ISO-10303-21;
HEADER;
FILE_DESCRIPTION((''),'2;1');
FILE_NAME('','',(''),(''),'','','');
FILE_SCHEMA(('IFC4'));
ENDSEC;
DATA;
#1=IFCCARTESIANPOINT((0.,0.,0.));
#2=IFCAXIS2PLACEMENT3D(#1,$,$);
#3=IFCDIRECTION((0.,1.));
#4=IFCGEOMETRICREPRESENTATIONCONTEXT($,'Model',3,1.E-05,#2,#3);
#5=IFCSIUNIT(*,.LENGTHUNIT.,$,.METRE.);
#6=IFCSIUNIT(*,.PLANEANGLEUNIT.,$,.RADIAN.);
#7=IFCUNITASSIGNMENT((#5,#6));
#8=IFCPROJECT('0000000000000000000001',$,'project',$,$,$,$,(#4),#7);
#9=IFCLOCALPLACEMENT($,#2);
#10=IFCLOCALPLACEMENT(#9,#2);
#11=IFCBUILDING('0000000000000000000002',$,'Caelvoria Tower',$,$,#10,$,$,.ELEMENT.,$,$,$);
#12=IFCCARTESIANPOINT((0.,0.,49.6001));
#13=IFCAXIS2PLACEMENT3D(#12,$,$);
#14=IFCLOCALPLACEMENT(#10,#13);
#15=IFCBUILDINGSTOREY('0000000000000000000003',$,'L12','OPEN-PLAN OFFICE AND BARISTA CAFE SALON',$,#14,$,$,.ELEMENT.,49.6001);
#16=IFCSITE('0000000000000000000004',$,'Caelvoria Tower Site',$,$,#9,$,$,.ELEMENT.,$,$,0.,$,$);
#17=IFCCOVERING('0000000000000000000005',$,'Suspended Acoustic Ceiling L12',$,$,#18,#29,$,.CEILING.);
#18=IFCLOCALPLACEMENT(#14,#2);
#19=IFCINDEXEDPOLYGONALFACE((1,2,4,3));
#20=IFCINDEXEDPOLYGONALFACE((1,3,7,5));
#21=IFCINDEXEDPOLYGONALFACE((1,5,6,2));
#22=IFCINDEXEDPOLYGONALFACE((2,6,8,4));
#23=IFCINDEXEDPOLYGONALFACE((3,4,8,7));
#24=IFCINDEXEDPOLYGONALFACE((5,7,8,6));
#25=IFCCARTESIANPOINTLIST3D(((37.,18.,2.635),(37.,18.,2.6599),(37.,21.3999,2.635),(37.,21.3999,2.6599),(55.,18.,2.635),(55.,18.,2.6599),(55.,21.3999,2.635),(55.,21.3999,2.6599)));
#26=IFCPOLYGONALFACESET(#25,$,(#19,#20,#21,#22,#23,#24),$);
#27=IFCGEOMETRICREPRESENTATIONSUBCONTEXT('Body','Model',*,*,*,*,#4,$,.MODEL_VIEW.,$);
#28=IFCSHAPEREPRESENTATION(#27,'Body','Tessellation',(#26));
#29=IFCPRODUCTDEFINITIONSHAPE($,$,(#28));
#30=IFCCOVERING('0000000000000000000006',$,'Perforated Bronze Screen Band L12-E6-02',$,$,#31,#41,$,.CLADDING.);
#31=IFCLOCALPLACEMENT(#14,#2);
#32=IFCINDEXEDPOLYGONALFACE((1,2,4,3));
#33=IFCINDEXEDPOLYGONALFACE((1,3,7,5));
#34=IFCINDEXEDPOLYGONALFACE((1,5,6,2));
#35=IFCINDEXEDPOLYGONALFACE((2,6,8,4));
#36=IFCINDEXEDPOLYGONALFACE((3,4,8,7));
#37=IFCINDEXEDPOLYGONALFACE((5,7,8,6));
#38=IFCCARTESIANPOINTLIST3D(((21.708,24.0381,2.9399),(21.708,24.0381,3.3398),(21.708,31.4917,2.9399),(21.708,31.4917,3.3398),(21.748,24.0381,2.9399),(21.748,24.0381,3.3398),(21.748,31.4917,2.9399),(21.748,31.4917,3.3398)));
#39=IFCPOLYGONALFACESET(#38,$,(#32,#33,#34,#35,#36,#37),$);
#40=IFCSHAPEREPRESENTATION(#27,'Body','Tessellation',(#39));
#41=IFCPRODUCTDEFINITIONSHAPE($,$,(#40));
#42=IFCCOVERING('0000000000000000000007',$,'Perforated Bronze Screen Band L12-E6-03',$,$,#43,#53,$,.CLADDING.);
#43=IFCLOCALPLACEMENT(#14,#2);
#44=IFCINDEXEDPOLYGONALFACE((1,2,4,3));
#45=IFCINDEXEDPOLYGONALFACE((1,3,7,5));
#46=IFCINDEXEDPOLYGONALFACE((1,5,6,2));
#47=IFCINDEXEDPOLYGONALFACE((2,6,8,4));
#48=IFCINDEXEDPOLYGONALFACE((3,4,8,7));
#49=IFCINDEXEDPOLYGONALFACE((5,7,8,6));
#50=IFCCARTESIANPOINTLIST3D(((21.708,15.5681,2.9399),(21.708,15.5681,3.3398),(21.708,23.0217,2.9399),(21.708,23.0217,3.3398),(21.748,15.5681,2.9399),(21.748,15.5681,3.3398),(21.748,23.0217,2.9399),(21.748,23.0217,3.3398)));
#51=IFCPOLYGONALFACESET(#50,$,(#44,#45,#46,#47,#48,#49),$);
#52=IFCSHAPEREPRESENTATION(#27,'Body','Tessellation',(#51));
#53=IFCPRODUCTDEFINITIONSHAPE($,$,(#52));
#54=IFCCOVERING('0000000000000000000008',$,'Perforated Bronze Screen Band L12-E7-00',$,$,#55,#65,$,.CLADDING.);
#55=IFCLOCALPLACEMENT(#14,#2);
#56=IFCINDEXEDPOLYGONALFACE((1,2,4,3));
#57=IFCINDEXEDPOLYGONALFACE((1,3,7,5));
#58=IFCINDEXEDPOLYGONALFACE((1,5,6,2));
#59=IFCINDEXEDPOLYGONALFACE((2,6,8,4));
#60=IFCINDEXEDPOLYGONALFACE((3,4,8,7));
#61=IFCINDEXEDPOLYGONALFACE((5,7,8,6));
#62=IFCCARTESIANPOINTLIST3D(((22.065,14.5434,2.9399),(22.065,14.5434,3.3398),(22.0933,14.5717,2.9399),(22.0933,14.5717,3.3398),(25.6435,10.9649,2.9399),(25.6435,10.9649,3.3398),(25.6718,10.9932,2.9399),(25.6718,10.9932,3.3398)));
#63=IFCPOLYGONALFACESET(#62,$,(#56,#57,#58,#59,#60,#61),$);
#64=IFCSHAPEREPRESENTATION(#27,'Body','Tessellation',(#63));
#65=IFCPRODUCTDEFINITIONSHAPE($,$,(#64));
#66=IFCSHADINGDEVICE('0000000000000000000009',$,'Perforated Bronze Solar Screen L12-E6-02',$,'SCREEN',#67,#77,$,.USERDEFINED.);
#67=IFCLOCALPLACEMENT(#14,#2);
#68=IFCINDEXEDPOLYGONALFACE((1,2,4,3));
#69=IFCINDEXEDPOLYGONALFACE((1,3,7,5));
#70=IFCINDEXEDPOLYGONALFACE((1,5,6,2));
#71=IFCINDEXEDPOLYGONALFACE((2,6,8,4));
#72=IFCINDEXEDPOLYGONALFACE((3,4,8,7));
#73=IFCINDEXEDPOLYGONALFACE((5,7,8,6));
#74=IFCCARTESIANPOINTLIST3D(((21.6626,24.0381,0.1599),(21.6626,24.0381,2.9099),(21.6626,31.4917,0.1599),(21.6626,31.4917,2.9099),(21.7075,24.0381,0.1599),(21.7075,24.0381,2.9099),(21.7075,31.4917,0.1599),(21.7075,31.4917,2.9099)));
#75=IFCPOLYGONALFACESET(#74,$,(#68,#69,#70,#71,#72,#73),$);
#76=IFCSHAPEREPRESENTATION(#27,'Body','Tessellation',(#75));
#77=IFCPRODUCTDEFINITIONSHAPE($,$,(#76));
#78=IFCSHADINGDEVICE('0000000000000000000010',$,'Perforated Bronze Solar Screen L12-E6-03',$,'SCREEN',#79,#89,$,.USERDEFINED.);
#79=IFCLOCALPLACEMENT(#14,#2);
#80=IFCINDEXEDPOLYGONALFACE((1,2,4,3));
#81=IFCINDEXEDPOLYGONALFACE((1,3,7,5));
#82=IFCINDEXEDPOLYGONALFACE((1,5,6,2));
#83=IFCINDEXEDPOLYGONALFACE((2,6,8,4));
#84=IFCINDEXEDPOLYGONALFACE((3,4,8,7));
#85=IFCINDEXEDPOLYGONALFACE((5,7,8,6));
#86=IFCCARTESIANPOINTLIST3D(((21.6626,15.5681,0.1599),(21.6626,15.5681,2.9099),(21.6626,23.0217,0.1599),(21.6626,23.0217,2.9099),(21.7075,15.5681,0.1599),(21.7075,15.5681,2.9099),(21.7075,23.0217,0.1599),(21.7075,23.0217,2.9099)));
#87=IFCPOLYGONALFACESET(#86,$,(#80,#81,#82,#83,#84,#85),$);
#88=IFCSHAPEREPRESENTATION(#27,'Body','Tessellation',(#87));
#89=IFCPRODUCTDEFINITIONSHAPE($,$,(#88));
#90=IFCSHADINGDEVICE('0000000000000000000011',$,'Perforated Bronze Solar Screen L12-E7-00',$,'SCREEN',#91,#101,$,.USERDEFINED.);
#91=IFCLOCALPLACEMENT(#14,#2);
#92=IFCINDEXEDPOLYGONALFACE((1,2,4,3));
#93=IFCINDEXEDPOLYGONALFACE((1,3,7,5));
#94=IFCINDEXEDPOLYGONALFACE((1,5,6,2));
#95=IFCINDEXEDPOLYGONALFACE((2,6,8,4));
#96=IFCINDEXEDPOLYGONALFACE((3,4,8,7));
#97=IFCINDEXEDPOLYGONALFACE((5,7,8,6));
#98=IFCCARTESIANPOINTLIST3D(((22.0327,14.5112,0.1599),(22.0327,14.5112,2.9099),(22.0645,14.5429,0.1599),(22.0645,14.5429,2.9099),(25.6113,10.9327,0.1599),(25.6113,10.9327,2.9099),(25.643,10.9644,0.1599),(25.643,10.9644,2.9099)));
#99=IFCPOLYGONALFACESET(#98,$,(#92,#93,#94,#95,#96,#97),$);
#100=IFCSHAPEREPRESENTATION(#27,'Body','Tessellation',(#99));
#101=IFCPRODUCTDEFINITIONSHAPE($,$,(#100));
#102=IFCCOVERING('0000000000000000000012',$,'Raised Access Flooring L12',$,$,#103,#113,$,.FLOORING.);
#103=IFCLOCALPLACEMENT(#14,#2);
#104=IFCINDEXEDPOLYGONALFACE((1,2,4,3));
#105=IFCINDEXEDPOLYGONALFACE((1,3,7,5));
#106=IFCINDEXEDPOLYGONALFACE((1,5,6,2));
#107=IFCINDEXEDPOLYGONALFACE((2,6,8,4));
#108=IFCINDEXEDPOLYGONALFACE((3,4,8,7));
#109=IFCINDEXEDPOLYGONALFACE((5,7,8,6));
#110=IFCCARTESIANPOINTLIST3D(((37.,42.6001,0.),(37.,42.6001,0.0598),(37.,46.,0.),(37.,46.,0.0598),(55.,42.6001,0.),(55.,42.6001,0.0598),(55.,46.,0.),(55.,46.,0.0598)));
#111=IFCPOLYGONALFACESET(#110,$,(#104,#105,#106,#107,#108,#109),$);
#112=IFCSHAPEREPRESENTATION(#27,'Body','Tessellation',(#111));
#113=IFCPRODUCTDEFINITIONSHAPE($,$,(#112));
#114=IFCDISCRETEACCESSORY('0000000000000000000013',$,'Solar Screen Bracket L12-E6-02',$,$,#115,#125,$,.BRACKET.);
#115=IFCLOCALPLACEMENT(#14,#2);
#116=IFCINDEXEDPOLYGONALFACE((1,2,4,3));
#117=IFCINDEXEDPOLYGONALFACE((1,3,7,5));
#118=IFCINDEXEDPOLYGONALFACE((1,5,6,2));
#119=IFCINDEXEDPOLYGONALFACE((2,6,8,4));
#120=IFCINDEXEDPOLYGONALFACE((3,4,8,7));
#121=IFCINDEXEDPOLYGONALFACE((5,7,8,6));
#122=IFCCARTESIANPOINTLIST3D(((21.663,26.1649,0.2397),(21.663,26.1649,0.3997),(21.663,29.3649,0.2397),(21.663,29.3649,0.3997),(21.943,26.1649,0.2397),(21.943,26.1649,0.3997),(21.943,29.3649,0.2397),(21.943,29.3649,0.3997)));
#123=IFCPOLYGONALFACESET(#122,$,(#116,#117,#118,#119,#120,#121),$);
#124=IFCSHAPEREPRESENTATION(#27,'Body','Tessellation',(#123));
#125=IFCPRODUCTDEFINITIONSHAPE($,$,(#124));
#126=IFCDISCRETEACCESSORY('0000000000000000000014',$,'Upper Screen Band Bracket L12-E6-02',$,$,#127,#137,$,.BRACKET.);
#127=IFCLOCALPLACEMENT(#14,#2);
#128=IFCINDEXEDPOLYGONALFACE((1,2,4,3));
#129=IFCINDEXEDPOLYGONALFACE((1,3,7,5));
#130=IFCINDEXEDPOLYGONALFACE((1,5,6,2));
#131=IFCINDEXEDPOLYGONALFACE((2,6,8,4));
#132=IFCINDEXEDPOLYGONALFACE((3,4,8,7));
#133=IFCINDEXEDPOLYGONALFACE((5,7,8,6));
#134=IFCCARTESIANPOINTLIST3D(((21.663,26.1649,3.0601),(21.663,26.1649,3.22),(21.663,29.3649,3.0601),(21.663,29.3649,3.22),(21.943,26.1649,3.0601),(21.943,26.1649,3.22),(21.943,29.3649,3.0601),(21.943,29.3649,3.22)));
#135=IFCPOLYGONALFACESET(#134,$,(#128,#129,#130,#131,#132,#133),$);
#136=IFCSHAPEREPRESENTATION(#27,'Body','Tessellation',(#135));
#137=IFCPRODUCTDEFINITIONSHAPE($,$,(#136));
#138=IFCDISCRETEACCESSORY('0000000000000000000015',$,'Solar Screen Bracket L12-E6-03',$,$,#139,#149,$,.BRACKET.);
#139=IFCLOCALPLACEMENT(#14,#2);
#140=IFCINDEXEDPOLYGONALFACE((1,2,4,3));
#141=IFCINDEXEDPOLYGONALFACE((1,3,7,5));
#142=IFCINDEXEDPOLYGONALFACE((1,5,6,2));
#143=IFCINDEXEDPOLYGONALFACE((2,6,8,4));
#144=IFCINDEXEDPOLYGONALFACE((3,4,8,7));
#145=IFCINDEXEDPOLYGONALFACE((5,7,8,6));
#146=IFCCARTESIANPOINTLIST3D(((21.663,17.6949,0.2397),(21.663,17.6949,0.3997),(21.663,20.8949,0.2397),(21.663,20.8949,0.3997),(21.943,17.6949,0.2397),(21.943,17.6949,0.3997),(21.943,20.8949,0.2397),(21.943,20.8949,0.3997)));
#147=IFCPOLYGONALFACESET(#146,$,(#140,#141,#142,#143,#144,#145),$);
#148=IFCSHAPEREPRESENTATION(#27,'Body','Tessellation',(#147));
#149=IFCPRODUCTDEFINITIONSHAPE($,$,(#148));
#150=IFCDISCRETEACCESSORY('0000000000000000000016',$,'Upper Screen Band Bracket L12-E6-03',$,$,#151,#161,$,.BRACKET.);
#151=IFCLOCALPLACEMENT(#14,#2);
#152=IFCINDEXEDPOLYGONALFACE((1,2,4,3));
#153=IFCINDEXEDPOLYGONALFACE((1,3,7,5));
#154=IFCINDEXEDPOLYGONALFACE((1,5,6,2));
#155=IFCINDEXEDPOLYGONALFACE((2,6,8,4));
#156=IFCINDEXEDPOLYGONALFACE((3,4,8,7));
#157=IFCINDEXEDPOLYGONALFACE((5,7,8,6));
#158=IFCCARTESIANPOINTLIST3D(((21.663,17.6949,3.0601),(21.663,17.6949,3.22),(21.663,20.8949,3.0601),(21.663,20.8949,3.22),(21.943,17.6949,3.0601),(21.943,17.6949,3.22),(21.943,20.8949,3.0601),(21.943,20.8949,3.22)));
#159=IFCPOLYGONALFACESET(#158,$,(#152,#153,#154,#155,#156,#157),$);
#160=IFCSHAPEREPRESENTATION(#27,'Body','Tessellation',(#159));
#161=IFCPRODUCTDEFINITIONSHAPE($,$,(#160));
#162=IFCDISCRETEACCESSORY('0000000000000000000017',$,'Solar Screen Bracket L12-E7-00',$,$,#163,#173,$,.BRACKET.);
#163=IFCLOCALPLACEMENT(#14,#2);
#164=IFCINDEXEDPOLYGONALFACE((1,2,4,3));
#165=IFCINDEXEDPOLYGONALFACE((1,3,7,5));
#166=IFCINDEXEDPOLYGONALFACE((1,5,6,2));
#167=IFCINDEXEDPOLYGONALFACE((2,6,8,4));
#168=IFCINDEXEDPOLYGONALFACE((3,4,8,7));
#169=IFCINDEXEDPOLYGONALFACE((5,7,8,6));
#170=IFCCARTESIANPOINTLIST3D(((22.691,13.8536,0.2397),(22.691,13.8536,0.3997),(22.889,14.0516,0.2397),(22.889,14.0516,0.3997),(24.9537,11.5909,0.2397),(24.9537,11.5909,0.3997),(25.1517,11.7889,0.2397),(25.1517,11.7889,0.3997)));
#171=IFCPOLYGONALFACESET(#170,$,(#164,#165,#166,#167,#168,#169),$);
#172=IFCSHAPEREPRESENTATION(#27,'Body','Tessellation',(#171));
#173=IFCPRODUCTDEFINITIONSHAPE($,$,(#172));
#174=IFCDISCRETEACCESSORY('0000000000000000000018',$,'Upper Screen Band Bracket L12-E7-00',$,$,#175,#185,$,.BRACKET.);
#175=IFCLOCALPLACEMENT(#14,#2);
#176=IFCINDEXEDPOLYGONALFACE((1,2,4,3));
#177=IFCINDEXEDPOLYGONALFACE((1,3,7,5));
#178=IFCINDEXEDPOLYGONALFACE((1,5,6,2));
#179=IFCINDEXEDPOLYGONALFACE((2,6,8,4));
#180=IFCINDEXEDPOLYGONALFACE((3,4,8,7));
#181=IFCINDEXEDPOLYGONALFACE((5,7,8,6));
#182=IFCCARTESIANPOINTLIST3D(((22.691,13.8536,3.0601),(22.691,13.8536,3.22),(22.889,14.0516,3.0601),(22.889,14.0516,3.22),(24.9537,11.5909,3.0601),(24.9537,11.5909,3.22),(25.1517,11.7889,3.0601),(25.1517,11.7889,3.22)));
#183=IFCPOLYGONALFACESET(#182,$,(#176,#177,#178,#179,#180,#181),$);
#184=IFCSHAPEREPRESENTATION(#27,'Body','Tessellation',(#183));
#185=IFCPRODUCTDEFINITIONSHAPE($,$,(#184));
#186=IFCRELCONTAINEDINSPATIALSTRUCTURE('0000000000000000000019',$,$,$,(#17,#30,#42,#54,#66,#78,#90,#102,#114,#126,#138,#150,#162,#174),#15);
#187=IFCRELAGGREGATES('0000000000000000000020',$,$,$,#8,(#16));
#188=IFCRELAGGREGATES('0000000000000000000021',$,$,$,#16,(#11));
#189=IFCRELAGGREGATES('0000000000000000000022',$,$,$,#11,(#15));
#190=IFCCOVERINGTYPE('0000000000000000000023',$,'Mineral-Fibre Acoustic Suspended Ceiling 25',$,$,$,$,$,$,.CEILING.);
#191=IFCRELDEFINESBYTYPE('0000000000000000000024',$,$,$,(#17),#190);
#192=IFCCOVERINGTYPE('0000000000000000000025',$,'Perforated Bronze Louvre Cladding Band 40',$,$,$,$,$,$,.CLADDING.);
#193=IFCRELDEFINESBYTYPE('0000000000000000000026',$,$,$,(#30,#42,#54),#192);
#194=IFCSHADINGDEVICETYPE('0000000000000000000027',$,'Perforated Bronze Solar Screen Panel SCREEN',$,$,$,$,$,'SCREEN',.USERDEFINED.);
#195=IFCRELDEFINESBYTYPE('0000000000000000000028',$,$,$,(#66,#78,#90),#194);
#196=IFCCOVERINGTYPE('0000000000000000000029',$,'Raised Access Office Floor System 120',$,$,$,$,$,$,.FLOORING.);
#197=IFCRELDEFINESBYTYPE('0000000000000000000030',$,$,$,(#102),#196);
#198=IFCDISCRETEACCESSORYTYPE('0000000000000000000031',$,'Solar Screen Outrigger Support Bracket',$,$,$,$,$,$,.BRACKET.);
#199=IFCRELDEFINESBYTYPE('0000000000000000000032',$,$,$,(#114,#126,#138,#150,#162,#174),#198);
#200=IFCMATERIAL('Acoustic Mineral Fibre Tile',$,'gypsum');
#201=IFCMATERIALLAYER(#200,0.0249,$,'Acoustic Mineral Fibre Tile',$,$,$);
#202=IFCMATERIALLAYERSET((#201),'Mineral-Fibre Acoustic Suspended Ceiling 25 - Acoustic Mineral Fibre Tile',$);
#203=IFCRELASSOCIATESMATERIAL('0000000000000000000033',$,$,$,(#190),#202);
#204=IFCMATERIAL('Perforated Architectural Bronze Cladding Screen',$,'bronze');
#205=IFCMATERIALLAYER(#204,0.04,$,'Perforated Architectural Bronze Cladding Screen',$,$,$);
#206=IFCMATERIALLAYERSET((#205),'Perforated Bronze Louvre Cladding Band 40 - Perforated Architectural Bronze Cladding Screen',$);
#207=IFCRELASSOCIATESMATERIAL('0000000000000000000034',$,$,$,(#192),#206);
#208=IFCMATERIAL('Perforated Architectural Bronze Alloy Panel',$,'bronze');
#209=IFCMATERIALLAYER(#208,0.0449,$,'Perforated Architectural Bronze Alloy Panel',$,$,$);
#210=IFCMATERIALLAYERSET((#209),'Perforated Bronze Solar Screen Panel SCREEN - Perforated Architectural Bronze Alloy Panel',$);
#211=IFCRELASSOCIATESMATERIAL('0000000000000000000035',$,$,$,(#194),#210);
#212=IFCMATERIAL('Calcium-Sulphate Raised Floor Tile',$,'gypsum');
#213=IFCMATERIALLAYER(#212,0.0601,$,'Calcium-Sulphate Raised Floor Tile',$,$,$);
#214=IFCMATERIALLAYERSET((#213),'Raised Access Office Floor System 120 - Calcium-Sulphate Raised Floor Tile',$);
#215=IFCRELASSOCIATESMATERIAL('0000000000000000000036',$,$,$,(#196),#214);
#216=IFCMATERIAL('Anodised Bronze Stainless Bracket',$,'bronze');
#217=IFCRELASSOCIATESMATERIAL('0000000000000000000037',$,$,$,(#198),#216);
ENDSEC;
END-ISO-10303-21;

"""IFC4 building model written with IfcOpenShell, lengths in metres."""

from ifc_helpers import new_model, si_unit, direction, frame, origin, origin_2d, place, context, subcontext, project, spatial, polyline, rectangle, outline, extrude, material, layer, layer_set, type_object, element, save


model = new_model("IFC4")

# Units and contexts
model_context = context("Model", 3, precision=1e-05, world=origin(), true_north=direction((0.0, 1.0)))
body_context = subcontext(model_context, "Body", "Model", "MODEL_VIEW")
ifc_project = project(units=[si_unit("LENGTHUNIT", "METRE"), si_unit("PLANEANGLEUNIT", "RADIAN")], contexts=[model_context])

# Site, building, storey
site_placement = place(None, origin())
site = spatial("IfcSite", under=ifc_project, at=site_placement, Name="Caelvoria Tower Site", CompositionType="ELEMENT", RefElevation=0.0)
building_placement = place(site_placement, origin())
building = spatial("IfcBuilding", under=site, at=building_placement, Name="Caelvoria Tower", CompositionType="ELEMENT")
storey_placement = place(building_placement, frame((0.0, 0.0, 49.6001)))
storey = spatial("IfcBuildingStorey", under=building, at=storey_placement, Name="L12", Description="OPEN-PLAN OFFICE AND BARISTA CAFE SALON", CompositionType="ELEMENT", Elevation=49.6001)

# Coverings
ifc_material_1 = material(Name="Acoustic Mineral Fibre Tile", Category="gypsum")
ifc_layer_1 = layer(ifc_material_1, 0.0249, Name="Acoustic Mineral Fibre Tile")
ifc_layer_set_1 = layer_set([ifc_layer_1], Name="Mineral-Fibre Acoustic Suspended Ceiling 25 - Acoustic Mineral Fibre Tile")
covering_type_1 = type_object("IfcCoveringType", Name="Mineral-Fibre Acoustic Suspended Ceiling 25", PredefinedType="CEILING", material=ifc_layer_set_1)
covering_1_placement = place(storey_placement, frame((0.0, 0.0, 2.635)))
element("IfcCovering", 1, at=covering_1_placement, inside=storey, type_object=covering_type_1, Name="Suspended Acoustic Ceiling L12", PredefinedType="CEILING", context=body_context, shape_type="SweptSolid", body=[
    extrude(outline(polyline([(37.0, 18.0), (55.0, 18.0), (55.0, 21.3999), (37.0, 21.3999), (37.0, 18.0)])), origin(), (0.0, 0.0, 1.0), 0.0249),
])
ifc_material_2 = material(Name="Perforated Architectural Bronze Cladding Screen", Category="bronze")
ifc_layer_2 = layer(ifc_material_2, 0.04, Name="Perforated Architectural Bronze Cladding Screen")
ifc_layer_set_2 = layer_set([ifc_layer_2], Name="Perforated Bronze Louvre Cladding Band 40 - Perforated Architectural Bronze Cladding Screen")
covering_type_2 = type_object("IfcCoveringType", Name="Perforated Bronze Louvre Cladding Band 40", PredefinedType="CLADDING", material=ifc_layer_set_2)
for number, where, z_axis, x_axis, name in (
    (2, (21.728, 27.7649, 2.9399), (0.0, 0.0, 1.0), (0.0, -1.0, 0.0), "Perforated Bronze Screen Band L12-E6-02"),
    (3, (21.728, 19.2949, 2.9399), (0.0, 0.0, 1.0), (0.0, -1.0, 0.0), "Perforated Bronze Screen Band L12-E6-03"),
):
    element("IfcCovering", number, at=place(storey_placement, frame(where, z_axis=z_axis, x_axis=x_axis)), inside=storey, type_object=covering_type_2, Name=name, PredefinedType="CLADDING", context=body_context, shape_type="SweptSolid", body=[
        extrude(rectangle(XDim=7.4536, YDim=0.04, at=origin_2d()), origin(), (0.0, 0.0, 1.0), 0.3999),
    ])
covering_2_placement = place(storey_placement, frame((23.8684, 12.7683, 2.9399), z_axis=(0.0, 0.0, 1.0), x_axis=(0.707107, -0.707107, 0.0)))
element("IfcCovering", 4, at=covering_2_placement, inside=storey, type_object=covering_type_2, Name="Perforated Bronze Screen Band L12-E7-00", PredefinedType="CLADDING", context=body_context, shape_type="SweptSolid", body=[
    extrude(rectangle(XDim=5.0608, YDim=0.04, at=origin_2d()), origin(), (0.0, 0.0, 1.0), 0.3999),
])

# Shading devices
ifc_material_3 = material(Name="Perforated Architectural Bronze Alloy Panel", Category="bronze")
ifc_layer_3 = layer(ifc_material_3, 0.0449, Name="Perforated Architectural Bronze Alloy Panel")
ifc_layer_set_3 = layer_set([ifc_layer_3], Name="Perforated Bronze Solar Screen Panel SCREEN - Perforated Architectural Bronze Alloy Panel")
shading_device_type = type_object("IfcShadingDeviceType", Name="Perforated Bronze Solar Screen Panel SCREEN", ElementType="SCREEN", PredefinedType="USERDEFINED", material=ifc_layer_set_3)
for number, where, z_axis, x_axis, name in (
    (5, (21.6851, 27.7649, 0.1599), (0.0, 0.0, 1.0), (0.0, -1.0, 0.0), "Perforated Bronze Solar Screen L12-E6-02"),
    (6, (21.6851, 19.2949, 0.1599), (0.0, 0.0, 1.0), (0.0, -1.0, 0.0), "Perforated Bronze Solar Screen L12-E6-03"),
):
    element("IfcShadingDevice", number, at=place(storey_placement, frame(where, z_axis=z_axis, x_axis=x_axis)), inside=storey, type_object=shading_device_type, Name=name, ObjectType="SCREEN", PredefinedType="USERDEFINED", context=body_context, shape_type="SweptSolid", body=[
        extrude(rectangle(XDim=7.4536, YDim=0.0449, at=origin_2d()), origin(), (0.0, 0.0, 1.0), 2.75),
    ])
shading_device_placement = place(storey_placement, frame((23.8379, 12.7378, 0.1599), z_axis=(0.0, 0.0, 1.0), x_axis=(0.707107, -0.707107, 0.0)))
element("IfcShadingDevice", 7, at=shading_device_placement, inside=storey, type_object=shading_device_type, Name="Perforated Bronze Solar Screen L12-E7-00", ObjectType="SCREEN", PredefinedType="USERDEFINED", context=body_context, shape_type="SweptSolid", body=[
    extrude(rectangle(XDim=5.0608, YDim=0.0449, at=origin_2d()), origin(), (0.0, 0.0, 1.0), 2.75),
])

# Covering
ifc_material_4 = material(Name="Calcium-Sulphate Raised Floor Tile", Category="gypsum")
ifc_layer_4 = layer(ifc_material_4, 0.0601, Name="Calcium-Sulphate Raised Floor Tile")
ifc_layer_set_4 = layer_set([ifc_layer_4], Name="Raised Access Office Floor System 120 - Calcium-Sulphate Raised Floor Tile")
covering_type_3 = type_object("IfcCoveringType", Name="Raised Access Office Floor System 120", PredefinedType="FLOORING", material=ifc_layer_set_4)
covering_3_placement = place(storey_placement, origin())
element("IfcCovering", 8, at=covering_3_placement, inside=storey, type_object=covering_type_3, Name="Raised Access Flooring L12", PredefinedType="FLOORING", context=body_context, shape_type="SweptSolid", body=[
    extrude(outline(polyline([(37.0, 42.6001), (55.0, 42.6001), (55.0, 46.0), (37.0, 46.0), (37.0, 42.6001)])), origin(), (0.0, 0.0, 1.0), 0.0598),
])

# Discrete accessories
ifc_material_5 = material(Name="Anodised Bronze Stainless Bracket", Category="bronze")
discrete_accessory_type = type_object("IfcDiscreteAccessoryType", Name="Solar Screen Outrigger Support Bracket", PredefinedType="BRACKET", material=ifc_material_5)
for number, where, z_axis, x_axis, name in (
    (9, (21.803, 27.7649, 0.2397), (0.0, 0.0, 1.0), (0.0, -1.0, 0.0), "Solar Screen Bracket L12-E6-02"),
    (10, (21.803, 27.7649, 3.0601), (0.0, 0.0, 1.0), (0.0, -1.0, 0.0), "Upper Screen Band Bracket L12-E6-02"),
    (11, (21.803, 19.2949, 0.2397), (0.0, 0.0, 1.0), (0.0, -1.0, 0.0), "Solar Screen Bracket L12-E6-03"),
    (12, (21.803, 19.2949, 3.0601), (0.0, 0.0, 1.0), (0.0, -1.0, 0.0), "Upper Screen Band Bracket L12-E6-03"),
    (13, (23.9214, 12.8213, 0.2397), (0.0, 0.0, 1.0), (0.707107, -0.707107, 0.0), "Solar Screen Bracket L12-E7-00"),
    (14, (23.9214, 12.8213, 3.0601), (0.0, 0.0, 1.0), (0.707107, -0.707107, 0.0), "Upper Screen Band Bracket L12-E7-00"),
):
    element("IfcDiscreteAccessory", number, at=place(storey_placement, frame(where, z_axis=z_axis, x_axis=x_axis)), inside=storey, type_object=discrete_accessory_type, Name=name, PredefinedType="BRACKET", context=body_context, shape_type="SweptSolid", body=[
        extrude(rectangle(XDim=3.2, YDim=0.28, at=origin_2d()), origin(), (0.0, 0.0, 1.0), 0.1599),
    ])

save(model, "model.ifc")
